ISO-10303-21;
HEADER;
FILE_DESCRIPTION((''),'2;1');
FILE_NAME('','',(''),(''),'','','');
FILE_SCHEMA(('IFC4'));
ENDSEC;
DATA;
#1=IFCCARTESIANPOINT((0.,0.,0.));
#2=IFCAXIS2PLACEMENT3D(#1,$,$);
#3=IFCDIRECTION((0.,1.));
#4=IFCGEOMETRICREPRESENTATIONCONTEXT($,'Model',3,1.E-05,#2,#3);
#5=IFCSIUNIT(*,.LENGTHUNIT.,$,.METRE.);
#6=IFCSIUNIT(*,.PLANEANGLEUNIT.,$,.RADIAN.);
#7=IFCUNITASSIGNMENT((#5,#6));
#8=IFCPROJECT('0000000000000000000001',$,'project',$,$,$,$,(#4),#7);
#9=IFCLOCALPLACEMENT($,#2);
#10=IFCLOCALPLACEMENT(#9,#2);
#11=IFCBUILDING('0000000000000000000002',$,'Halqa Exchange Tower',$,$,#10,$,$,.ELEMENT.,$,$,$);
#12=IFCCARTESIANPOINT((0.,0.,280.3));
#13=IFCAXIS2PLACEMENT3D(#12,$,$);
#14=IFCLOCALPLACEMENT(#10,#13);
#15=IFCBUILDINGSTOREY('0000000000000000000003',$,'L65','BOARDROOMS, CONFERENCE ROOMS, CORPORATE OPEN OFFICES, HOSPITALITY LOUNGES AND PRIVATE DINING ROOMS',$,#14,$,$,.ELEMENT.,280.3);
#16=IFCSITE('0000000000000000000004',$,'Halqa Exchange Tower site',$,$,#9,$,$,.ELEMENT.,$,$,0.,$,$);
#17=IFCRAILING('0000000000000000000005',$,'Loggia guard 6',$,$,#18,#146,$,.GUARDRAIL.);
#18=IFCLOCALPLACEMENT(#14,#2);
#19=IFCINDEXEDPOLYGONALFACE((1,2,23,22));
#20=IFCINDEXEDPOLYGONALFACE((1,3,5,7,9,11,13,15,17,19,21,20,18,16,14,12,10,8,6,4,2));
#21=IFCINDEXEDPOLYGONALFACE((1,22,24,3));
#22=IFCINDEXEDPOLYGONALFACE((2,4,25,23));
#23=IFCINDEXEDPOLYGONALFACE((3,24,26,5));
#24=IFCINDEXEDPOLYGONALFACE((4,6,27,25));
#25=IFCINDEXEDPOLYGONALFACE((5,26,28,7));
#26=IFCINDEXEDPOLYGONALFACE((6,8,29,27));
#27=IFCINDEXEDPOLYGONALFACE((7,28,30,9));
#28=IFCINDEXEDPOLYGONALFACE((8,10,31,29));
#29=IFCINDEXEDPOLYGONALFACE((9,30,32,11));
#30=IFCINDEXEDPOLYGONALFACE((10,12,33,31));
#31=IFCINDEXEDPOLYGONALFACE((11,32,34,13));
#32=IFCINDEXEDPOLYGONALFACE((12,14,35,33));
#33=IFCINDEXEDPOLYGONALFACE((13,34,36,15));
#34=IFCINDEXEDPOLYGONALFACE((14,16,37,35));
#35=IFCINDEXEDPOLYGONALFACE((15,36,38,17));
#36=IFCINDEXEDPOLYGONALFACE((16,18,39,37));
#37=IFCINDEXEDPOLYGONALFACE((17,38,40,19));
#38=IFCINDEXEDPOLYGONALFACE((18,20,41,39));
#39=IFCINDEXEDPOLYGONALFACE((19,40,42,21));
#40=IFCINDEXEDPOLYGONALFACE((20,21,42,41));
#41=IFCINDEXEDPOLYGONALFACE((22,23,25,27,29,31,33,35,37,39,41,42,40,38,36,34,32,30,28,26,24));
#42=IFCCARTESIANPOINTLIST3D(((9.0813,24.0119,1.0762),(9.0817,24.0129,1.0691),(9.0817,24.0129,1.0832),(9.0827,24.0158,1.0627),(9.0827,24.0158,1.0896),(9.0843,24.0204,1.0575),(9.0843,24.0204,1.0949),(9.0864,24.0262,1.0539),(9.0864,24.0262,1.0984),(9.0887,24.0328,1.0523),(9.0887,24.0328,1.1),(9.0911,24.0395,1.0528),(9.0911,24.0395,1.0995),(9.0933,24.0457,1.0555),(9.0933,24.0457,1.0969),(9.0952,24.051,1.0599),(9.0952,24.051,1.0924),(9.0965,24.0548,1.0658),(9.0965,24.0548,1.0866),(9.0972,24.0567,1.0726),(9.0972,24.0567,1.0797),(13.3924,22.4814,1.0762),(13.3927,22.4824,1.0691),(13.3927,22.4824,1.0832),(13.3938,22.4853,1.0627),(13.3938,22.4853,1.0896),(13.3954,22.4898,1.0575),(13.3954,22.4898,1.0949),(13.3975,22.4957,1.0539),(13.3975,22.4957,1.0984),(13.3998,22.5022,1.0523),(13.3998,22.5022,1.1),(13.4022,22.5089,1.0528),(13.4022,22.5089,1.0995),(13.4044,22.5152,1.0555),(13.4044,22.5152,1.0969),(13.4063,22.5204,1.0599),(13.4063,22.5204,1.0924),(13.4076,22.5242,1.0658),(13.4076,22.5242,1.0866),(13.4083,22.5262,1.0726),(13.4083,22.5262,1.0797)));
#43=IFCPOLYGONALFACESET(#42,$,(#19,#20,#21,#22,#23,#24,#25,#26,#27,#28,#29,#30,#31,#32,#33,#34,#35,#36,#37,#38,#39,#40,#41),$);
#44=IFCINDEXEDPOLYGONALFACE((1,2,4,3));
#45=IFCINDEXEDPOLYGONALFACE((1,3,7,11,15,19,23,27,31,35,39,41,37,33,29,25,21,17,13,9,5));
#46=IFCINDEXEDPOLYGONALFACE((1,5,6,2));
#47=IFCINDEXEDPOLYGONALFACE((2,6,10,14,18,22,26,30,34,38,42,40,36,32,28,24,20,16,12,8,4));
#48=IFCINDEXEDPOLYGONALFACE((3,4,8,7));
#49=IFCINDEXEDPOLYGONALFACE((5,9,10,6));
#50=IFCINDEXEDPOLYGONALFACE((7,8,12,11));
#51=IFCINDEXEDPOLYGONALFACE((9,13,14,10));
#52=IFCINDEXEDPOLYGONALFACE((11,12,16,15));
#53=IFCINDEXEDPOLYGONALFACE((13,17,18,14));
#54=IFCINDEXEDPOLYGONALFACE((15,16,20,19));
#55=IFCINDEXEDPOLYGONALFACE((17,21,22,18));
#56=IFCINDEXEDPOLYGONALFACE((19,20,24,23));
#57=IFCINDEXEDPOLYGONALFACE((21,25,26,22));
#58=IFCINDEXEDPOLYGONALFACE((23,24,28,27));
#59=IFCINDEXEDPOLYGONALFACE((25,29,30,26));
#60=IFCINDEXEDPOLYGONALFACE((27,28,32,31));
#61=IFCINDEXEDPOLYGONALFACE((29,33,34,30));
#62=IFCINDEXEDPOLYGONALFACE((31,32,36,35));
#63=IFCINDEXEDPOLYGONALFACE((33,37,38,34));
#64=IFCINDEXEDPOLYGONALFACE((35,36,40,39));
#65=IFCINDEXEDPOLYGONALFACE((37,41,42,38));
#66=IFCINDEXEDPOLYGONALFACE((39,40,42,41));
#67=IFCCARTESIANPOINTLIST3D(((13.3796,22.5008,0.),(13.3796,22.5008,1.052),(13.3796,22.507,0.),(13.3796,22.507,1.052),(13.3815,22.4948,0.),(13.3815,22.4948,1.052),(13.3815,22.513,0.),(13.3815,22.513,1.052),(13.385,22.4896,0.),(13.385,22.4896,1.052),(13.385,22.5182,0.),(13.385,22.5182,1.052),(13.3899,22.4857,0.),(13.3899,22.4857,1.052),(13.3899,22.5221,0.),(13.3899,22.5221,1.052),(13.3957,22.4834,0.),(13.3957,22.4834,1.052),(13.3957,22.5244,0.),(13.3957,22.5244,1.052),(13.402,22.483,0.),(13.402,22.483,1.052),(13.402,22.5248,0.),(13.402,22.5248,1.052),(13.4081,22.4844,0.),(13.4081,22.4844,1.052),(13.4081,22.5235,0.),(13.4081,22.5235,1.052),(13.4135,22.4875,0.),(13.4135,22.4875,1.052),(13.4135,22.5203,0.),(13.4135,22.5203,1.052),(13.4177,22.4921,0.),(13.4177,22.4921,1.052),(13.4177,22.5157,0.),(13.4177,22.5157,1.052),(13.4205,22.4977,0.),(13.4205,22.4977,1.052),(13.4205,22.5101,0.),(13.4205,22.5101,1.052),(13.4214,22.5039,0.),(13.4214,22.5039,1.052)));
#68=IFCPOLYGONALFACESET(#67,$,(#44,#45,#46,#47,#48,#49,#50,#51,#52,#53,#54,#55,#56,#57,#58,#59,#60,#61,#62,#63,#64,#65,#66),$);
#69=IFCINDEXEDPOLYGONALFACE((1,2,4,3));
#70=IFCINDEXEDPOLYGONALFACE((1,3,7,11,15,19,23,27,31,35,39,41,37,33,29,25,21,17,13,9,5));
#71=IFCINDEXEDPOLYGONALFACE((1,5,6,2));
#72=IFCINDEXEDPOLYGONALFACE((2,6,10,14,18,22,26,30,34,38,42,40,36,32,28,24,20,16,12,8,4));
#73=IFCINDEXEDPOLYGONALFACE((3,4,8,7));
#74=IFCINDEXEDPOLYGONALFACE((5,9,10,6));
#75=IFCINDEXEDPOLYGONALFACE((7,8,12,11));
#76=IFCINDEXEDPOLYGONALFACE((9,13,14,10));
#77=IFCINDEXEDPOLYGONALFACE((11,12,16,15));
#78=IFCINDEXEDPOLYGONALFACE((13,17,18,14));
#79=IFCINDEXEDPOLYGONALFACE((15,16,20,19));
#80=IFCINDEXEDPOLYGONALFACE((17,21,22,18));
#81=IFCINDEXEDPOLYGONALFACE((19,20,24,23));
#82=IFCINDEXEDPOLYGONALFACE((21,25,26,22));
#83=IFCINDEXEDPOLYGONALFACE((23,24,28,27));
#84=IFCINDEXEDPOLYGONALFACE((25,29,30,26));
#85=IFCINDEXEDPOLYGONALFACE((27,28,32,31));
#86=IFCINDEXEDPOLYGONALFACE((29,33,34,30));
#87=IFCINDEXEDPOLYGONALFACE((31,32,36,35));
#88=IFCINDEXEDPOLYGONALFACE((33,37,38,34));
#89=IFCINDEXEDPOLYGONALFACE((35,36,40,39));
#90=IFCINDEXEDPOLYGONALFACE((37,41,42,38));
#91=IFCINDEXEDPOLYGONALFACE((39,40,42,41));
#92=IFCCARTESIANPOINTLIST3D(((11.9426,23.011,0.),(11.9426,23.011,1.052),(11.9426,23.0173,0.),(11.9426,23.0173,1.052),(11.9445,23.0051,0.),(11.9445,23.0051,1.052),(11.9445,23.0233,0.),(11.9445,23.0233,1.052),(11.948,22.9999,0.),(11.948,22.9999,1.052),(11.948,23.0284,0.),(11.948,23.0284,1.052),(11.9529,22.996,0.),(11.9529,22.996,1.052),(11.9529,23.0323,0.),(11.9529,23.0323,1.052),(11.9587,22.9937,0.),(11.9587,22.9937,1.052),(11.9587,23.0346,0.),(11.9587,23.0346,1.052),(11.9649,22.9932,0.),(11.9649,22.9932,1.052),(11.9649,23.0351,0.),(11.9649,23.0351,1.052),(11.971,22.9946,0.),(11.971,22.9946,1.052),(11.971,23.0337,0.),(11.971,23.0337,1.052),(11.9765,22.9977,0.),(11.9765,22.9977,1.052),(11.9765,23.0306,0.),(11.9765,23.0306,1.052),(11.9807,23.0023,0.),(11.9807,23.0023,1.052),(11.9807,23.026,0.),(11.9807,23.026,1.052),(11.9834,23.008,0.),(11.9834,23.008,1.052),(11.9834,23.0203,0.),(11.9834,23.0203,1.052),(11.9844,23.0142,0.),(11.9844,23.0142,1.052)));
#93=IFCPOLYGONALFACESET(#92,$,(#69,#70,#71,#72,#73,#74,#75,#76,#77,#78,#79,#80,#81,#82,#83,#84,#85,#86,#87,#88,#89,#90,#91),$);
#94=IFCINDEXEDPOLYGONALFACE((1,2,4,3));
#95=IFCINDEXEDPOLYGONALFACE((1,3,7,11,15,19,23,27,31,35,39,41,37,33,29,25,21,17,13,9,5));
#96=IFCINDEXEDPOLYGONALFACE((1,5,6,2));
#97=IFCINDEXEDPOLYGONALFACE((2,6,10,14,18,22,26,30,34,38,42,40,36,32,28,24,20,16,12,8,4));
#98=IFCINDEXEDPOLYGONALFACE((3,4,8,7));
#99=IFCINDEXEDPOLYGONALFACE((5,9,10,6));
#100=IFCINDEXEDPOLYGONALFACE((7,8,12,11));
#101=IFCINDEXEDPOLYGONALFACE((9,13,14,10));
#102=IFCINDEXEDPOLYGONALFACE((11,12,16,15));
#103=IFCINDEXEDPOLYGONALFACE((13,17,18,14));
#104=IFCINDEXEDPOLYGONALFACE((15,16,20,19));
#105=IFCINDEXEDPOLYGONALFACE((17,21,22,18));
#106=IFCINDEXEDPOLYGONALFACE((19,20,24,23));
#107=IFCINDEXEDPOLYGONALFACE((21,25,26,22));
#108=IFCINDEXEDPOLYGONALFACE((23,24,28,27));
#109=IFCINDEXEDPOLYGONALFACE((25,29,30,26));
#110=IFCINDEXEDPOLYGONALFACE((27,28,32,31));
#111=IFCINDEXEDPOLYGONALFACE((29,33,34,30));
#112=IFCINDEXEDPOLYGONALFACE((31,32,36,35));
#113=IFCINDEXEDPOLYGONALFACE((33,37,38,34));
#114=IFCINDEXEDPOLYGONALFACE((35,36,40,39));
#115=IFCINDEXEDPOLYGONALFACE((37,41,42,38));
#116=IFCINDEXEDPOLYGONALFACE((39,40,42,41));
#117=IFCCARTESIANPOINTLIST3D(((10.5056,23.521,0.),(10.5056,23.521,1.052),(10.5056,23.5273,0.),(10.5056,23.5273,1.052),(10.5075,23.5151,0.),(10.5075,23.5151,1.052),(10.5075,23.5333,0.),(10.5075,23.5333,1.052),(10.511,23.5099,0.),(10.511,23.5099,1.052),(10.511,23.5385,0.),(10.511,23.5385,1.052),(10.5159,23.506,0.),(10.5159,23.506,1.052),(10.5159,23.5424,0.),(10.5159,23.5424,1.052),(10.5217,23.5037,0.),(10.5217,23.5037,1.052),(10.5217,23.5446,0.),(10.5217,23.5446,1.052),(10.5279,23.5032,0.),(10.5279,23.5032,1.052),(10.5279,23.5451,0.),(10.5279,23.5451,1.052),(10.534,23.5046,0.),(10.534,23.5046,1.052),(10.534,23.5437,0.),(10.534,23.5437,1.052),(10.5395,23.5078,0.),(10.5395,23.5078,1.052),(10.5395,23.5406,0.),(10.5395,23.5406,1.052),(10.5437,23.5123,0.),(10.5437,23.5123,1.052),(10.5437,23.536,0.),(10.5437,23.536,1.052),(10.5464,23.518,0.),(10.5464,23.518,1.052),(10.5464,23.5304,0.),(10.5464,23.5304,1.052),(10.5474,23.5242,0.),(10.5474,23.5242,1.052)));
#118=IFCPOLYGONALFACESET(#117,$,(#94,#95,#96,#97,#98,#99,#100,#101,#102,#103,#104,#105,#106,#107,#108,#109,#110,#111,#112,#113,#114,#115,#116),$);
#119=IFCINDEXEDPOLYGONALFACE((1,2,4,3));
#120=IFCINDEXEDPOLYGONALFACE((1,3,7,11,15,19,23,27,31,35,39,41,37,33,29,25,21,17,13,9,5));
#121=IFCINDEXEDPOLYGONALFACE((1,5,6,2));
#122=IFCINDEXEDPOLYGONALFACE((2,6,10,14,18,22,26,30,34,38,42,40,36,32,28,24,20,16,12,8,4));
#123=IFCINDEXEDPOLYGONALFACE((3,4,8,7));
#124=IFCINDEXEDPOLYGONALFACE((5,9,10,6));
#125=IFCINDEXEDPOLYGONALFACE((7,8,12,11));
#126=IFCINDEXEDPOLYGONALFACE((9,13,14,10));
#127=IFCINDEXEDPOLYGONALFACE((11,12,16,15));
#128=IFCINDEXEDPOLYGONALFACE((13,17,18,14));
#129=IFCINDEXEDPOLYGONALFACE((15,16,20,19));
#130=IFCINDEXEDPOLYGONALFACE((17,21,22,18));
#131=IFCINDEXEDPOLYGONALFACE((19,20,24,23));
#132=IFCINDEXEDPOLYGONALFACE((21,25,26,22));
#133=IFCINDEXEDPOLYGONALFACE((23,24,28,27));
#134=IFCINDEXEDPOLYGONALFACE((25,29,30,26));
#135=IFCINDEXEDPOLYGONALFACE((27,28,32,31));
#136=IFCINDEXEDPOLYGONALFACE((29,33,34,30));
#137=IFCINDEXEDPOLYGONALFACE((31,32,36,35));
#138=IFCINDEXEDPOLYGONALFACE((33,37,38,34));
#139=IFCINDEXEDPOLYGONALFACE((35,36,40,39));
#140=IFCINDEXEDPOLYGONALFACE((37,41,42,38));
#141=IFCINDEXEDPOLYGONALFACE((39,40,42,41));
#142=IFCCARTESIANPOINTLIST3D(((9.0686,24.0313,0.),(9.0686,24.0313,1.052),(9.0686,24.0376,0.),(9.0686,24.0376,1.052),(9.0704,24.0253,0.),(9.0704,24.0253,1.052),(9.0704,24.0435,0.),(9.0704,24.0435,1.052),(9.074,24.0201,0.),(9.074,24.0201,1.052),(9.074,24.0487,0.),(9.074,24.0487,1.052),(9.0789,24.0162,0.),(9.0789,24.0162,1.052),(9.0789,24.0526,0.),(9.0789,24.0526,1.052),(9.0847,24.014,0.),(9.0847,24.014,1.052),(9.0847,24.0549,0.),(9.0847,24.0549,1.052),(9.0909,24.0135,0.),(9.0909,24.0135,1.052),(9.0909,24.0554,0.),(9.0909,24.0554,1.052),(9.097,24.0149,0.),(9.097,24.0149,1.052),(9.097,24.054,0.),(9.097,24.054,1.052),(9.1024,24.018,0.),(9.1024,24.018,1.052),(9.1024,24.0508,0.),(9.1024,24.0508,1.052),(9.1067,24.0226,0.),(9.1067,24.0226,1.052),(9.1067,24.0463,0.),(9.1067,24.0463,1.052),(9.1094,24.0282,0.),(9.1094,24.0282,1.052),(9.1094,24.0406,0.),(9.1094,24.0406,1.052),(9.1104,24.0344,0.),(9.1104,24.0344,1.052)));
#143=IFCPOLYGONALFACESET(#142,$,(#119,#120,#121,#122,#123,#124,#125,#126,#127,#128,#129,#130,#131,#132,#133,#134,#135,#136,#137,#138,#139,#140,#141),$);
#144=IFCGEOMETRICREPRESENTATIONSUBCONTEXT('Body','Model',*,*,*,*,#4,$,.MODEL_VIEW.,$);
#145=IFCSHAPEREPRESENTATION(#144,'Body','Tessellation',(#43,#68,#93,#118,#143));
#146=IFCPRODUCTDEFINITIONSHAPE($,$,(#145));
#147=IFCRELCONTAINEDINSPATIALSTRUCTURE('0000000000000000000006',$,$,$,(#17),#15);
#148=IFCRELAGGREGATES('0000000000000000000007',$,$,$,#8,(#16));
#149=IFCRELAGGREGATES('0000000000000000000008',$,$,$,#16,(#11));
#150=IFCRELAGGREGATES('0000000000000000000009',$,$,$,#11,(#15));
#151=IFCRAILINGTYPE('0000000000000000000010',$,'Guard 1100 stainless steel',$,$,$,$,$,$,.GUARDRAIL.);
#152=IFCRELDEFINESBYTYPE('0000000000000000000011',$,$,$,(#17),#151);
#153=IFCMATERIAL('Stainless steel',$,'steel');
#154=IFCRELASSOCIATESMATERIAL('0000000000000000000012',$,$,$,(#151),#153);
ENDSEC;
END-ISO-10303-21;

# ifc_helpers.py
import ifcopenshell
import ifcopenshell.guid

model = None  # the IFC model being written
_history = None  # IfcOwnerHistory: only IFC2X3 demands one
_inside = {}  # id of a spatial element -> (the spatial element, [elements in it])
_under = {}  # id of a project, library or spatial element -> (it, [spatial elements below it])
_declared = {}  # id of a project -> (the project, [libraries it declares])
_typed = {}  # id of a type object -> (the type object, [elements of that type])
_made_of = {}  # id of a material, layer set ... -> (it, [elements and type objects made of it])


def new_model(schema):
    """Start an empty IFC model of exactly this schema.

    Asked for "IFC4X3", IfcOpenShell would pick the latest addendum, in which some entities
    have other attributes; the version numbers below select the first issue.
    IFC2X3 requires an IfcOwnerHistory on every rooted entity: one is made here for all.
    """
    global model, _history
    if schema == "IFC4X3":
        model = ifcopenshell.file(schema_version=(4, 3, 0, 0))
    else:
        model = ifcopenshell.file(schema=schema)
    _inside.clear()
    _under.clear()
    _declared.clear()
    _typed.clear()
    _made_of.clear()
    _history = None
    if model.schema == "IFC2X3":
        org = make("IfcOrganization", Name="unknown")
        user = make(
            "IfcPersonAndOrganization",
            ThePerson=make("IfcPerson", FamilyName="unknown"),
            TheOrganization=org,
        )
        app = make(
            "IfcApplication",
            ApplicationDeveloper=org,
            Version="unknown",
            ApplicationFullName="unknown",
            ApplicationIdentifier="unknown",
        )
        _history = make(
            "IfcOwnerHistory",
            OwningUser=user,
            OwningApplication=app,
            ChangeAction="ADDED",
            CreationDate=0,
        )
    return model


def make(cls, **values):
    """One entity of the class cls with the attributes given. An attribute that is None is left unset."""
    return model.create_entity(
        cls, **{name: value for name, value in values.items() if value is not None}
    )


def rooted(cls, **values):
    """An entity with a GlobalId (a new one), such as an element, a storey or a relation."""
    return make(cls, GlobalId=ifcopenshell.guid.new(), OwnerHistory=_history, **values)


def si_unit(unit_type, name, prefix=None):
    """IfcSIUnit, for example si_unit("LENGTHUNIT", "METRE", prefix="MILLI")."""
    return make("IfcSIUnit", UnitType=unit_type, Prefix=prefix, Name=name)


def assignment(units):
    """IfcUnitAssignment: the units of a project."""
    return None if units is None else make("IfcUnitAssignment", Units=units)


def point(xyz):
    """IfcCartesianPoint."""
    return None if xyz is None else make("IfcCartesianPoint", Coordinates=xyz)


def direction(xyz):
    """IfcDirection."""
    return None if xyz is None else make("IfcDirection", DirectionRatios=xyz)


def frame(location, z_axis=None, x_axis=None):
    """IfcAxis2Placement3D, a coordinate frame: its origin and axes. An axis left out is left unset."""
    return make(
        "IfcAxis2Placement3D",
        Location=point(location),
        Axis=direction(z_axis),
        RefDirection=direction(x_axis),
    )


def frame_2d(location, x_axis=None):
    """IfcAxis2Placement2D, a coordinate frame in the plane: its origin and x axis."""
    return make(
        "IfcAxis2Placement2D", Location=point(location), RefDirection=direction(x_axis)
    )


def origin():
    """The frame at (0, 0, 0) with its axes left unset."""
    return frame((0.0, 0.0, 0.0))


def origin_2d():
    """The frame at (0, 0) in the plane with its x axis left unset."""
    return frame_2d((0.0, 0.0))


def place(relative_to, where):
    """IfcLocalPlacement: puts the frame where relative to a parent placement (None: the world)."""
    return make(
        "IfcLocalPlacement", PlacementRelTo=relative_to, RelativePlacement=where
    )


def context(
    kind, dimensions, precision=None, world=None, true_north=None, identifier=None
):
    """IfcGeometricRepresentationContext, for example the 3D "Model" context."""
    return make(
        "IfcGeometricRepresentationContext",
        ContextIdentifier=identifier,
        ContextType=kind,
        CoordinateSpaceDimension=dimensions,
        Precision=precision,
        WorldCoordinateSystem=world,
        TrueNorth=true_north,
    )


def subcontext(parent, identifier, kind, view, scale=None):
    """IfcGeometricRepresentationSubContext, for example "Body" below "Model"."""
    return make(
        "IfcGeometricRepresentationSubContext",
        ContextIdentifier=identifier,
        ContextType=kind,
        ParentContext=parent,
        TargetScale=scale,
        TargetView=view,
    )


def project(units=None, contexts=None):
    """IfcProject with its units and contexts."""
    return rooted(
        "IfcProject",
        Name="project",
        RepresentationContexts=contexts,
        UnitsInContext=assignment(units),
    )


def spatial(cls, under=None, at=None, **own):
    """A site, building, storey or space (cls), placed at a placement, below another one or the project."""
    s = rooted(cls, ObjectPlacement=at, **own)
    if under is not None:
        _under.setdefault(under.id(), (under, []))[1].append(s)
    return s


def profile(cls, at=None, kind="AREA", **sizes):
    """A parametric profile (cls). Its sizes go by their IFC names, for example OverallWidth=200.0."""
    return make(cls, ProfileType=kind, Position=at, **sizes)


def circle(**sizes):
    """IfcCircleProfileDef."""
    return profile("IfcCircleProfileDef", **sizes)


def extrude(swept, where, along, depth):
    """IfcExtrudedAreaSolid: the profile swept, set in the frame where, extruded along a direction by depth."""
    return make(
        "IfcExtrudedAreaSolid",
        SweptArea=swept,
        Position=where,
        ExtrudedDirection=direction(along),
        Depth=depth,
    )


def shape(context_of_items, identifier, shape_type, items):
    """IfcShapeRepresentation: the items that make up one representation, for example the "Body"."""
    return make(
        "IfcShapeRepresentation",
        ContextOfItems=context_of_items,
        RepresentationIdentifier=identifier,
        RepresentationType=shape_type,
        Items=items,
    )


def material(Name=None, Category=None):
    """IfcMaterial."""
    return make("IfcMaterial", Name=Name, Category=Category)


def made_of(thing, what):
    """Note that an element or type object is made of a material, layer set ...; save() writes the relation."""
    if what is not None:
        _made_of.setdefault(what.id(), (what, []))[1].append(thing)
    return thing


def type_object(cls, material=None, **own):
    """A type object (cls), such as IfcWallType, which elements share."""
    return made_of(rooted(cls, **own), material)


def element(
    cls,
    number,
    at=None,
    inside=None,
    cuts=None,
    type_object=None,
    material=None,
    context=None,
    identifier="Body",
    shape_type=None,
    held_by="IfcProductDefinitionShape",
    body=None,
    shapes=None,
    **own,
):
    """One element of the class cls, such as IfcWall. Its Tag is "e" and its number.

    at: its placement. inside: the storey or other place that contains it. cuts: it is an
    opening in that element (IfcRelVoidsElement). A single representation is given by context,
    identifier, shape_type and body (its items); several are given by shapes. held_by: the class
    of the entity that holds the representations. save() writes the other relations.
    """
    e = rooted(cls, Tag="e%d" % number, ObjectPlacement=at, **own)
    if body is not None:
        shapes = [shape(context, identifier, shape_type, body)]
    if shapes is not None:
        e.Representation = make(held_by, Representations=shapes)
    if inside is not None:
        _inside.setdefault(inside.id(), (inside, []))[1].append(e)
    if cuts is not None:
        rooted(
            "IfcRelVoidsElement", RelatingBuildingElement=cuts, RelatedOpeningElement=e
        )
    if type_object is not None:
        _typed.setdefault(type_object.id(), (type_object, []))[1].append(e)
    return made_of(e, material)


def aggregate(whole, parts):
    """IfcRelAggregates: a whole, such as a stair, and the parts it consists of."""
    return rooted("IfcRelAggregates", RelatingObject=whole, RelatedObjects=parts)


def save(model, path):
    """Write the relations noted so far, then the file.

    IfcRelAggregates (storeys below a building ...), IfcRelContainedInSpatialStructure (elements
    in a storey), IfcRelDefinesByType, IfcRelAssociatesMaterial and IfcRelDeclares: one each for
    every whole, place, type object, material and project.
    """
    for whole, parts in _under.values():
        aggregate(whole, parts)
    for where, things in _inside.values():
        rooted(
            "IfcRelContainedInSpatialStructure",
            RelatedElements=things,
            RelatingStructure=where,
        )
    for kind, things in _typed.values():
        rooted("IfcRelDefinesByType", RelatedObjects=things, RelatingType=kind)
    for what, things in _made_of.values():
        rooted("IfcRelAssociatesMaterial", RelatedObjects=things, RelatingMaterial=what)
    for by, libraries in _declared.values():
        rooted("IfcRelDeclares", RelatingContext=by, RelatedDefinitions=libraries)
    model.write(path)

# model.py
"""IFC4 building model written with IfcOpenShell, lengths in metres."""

from ifc_helpers import new_model, si_unit, direction, frame, origin, origin_2d, place, context, subcontext, project, spatial, circle, extrude, material, type_object, element, save


model = new_model("IFC4")

# Units and contexts
model_context = context("Model", 3, precision=1e-05, world=origin(), true_north=direction((0.0, 1.0)))
body_context = subcontext(model_context, "Body", "Model", "MODEL_VIEW")
ifc_project = project(units=[si_unit("LENGTHUNIT", "METRE"), si_unit("PLANEANGLEUNIT", "RADIAN")], contexts=[model_context])

# Site, building, storey
site_placement = place(None, origin())
site = spatial("IfcSite", under=ifc_project, at=site_placement, Name="Halqa Exchange Tower site", CompositionType="ELEMENT", RefElevation=0.0)
building_placement = place(site_placement, origin())
building = spatial("IfcBuilding", under=site, at=building_placement, Name="Halqa Exchange Tower", CompositionType="ELEMENT")
storey_placement = place(building_placement, frame((0.0, 0.0, 280.3)))
storey = spatial("IfcBuildingStorey", under=building, at=storey_placement, Name="L65", Description="BOARDROOMS, CONFERENCE ROOMS, CORPORATE OPEN OFFICES, HOSPITALITY LOUNGES AND PRIVATE DINING ROOMS", CompositionType="ELEMENT", Elevation=280.3)

# Railing
ifc_material_1 = material(Name="Stainless steel", Category="steel")
railing_type = type_object("IfcRailingType", Name="Guard 1100 stainless steel", PredefinedType="GUARDRAIL", material=ifc_material_1)
railing_1_placement = place(storey_placement, frame((13.4004, 22.5039, 0.0)))
element("IfcRailing", 1, at=railing_1_placement, inside=storey, type_object=railing_type, Name="Loggia guard 6", PredefinedType="GUARDRAIL", context=body_context, shape_type="SweptSolid", body=[
    extrude(circle(Radius=0.0239, at=origin_2d()), frame((0.0, 0.0, 1.0762), z_axis=(-0.942373, 0.334564, 0.0), x_axis=(-0.334564, -0.942373, 0.0)), (0.0, 0.0, 1.0), 4.5747),
    extrude(circle(Radius=0.021, at=origin_2d()), origin(), (0.0, 0.0, 1.0), 1.052),
    extrude(circle(Radius=0.021, at=origin_2d()), frame((-1.437, 0.5103, 0.0)), (0.0, 0.0, 1.0), 1.052),
    extrude(circle(Radius=0.021, at=origin_2d()), frame((-2.874, 1.0203, 0.0)), (0.0, 0.0, 1.0), 1.052),
    extrude(circle(Radius=0.021, at=origin_2d()), frame((-4.311, 1.5305, 0.0)), (0.0, 0.0, 1.0), 1.052),
])

save(model, "model.ifc")
